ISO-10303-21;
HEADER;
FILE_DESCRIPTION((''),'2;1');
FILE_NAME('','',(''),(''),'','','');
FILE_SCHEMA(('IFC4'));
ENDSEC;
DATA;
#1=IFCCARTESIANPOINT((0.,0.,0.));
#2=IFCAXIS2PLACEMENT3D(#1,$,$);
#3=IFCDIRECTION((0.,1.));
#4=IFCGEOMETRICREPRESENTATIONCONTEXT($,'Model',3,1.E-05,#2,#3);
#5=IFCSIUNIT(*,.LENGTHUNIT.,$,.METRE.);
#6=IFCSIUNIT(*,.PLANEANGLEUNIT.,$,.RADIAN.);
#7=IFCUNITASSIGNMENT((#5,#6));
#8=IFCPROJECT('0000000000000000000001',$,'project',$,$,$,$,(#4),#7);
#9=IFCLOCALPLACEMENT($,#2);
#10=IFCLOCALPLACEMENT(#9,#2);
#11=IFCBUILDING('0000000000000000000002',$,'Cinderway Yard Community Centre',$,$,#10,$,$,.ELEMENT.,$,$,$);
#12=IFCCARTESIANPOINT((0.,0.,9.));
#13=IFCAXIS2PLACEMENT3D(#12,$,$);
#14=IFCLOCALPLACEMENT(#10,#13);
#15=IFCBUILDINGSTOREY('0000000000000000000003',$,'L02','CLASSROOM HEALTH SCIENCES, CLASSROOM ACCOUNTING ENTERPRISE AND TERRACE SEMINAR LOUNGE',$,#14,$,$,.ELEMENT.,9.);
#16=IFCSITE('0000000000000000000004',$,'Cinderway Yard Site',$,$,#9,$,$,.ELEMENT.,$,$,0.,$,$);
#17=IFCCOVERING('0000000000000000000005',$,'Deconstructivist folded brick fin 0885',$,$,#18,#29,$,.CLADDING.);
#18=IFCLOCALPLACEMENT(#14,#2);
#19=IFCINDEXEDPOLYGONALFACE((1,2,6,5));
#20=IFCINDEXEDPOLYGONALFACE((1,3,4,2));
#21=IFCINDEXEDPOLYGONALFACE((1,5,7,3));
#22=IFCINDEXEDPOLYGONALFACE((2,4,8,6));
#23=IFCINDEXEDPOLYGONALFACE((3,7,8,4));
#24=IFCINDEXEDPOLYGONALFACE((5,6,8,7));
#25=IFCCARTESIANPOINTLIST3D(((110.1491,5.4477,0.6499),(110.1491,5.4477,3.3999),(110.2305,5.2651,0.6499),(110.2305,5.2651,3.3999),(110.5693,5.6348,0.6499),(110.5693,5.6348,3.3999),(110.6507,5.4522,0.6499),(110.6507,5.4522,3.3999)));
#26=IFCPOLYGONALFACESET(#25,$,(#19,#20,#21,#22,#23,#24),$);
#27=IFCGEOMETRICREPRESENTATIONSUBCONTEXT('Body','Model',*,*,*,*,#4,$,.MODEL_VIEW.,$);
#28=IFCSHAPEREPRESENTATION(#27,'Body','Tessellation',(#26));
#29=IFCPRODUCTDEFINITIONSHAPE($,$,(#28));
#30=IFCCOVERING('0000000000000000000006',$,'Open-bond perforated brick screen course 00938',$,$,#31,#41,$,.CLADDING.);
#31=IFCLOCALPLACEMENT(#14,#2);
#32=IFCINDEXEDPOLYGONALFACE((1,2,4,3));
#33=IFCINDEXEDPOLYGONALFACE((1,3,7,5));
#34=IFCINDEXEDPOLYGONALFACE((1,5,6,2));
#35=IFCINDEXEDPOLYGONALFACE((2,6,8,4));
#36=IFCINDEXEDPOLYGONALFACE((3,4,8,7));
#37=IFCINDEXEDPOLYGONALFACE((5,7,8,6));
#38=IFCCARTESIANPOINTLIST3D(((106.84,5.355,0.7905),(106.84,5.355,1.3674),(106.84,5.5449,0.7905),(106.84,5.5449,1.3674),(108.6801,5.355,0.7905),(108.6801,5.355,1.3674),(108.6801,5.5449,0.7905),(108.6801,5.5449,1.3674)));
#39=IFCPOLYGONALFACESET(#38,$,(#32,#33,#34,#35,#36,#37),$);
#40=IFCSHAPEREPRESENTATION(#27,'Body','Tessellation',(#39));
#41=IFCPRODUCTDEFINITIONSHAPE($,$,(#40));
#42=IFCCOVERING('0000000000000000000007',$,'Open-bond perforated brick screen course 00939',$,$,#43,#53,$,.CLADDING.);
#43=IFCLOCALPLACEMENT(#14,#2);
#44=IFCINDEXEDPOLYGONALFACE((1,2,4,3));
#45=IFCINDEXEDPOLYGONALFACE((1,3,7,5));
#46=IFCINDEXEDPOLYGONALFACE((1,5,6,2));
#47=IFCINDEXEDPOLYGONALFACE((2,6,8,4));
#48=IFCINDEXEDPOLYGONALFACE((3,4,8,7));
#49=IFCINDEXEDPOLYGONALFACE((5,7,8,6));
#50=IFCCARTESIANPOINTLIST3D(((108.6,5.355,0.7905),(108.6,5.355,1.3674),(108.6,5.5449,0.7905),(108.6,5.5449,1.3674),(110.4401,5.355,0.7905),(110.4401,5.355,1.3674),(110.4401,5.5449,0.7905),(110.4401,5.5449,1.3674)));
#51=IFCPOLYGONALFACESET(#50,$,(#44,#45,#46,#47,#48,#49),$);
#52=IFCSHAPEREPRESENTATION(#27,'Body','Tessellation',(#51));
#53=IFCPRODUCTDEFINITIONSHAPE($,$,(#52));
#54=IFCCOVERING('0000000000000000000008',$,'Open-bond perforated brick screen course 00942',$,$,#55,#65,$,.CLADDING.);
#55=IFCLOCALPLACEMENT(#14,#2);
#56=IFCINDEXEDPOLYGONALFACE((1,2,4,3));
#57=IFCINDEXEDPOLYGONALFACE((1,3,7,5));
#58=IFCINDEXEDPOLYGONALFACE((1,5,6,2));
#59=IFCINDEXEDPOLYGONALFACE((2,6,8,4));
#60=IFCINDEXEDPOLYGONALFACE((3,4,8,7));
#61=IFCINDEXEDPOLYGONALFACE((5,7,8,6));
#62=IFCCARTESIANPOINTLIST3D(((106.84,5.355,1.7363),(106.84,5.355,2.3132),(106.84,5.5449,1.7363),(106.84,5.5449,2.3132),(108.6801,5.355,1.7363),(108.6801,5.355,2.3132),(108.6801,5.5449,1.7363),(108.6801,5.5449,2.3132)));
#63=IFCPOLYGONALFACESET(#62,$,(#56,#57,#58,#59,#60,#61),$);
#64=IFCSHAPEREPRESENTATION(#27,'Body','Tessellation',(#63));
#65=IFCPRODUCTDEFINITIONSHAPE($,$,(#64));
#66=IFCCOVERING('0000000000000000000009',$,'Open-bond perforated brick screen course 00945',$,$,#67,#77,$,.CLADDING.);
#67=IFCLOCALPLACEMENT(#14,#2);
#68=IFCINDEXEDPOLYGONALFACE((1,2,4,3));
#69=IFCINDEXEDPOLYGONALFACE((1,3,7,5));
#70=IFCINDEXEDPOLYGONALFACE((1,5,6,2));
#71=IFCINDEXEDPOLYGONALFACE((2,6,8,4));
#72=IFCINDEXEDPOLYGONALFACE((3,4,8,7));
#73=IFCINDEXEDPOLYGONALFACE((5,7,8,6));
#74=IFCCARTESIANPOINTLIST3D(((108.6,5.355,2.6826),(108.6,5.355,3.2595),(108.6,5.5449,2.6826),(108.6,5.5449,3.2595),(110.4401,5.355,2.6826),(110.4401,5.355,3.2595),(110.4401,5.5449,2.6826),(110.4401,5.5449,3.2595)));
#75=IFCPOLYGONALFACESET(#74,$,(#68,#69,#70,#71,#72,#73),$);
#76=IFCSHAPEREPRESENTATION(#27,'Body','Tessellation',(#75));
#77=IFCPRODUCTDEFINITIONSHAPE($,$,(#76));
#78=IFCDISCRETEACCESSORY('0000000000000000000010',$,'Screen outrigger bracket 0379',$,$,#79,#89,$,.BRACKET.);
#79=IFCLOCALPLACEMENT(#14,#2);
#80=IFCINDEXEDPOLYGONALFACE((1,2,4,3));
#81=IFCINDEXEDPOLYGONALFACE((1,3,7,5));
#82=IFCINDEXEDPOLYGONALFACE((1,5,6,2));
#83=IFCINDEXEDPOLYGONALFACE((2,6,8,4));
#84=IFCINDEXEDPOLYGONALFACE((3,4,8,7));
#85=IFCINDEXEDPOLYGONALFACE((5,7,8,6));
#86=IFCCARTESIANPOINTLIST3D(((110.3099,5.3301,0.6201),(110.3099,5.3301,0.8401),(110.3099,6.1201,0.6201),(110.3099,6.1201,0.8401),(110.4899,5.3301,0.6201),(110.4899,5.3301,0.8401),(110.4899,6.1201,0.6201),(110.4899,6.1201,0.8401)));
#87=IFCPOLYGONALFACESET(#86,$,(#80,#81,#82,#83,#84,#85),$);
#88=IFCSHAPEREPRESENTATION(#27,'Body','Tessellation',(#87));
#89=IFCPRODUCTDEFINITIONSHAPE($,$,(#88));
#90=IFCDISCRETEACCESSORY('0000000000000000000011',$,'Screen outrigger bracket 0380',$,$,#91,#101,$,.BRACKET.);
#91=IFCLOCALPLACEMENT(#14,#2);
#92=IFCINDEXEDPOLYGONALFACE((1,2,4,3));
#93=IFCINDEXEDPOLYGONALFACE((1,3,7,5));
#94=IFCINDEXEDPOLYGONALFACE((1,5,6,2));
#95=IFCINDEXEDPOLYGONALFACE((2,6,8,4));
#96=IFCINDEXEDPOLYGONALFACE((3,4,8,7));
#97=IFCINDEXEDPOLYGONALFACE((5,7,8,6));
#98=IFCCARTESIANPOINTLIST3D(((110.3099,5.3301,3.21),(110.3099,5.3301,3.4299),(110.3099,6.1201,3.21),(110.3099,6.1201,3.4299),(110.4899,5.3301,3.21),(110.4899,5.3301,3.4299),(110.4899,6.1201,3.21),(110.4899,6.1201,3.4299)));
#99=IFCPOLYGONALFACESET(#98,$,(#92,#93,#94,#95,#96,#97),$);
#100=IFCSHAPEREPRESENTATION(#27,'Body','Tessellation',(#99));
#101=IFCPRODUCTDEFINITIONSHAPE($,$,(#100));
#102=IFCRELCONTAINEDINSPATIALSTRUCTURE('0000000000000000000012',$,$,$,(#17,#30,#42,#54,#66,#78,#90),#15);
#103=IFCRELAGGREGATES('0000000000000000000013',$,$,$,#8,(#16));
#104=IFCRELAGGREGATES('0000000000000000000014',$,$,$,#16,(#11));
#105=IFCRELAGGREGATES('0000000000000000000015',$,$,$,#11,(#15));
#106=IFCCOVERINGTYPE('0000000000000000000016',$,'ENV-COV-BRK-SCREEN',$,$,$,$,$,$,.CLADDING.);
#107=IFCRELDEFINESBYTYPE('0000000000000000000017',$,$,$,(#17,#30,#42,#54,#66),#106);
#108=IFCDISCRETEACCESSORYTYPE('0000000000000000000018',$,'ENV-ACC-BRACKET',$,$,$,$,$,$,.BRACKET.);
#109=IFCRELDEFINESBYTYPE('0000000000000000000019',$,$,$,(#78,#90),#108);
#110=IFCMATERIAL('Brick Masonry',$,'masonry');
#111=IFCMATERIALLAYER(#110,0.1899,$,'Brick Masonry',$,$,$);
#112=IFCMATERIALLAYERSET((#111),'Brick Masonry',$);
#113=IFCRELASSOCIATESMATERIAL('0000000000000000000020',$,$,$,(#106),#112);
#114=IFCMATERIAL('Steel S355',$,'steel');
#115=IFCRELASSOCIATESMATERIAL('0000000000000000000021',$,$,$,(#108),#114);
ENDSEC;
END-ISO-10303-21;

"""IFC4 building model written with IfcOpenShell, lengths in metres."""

from ifc_helpers import new_model, si_unit, direction, frame, origin, origin_2d, place, context, subcontext, project, spatial, rectangle, extrude, material, layer, layer_set, type_object, element, save


model = new_model("IFC4")

# Units and contexts
model_context = context("Model", 3, precision=1e-05, world=origin(), true_north=direction((0.0, 1.0)))
body_context = subcontext(model_context, "Body", "Model", "MODEL_VIEW")
ifc_project = project(units=[si_unit("LENGTHUNIT", "METRE"), si_unit("PLANEANGLEUNIT", "RADIAN")], contexts=[model_context])

# Site, building, storey
site_placement = place(None, origin())
site = spatial("IfcSite", under=ifc_project, at=site_placement, Name="Cinderway Yard Site", CompositionType="ELEMENT", RefElevation=0.0)
building_placement = place(site_placement, origin())
building = spatial("IfcBuilding", under=site, at=building_placement, Name="Cinderway Yard Community Centre", CompositionType="ELEMENT")
storey_placement = place(building_placement, frame((0.0, 0.0, 9.0)))
storey = spatial("IfcBuildingStorey", under=building, at=storey_placement, Name="L02", Description="CLASSROOM HEALTH SCIENCES, CLASSROOM ACCOUNTING ENTERPRISE AND TERRACE SEMINAR LOUNGE", CompositionType="ELEMENT", Elevation=9.0)

# Shared definitions
ifc_material_1 = material(Name="Steel S355", Category="steel")

# Shared definitions
ifc_material_2 = material(Name="Brick Masonry", Category="masonry")

# Coverings
ifc_layer_1 = layer(ifc_material_2, 0.1899, Name="Brick Masonry")
ifc_layer_set_1 = layer_set([ifc_layer_1], Name="Brick Masonry")
covering_type = type_object("IfcCoveringType", Name="ENV-COV-BRK-SCREEN", PredefinedType="CLADDING", material=ifc_layer_set_1)
covering_placement = place(storey_placement, frame((110.3999, 5.45, 0.6499), z_axis=(0.0, 0.0, 1.0), x_axis=(-0.913545, -0.406737, 0.0)))
element("IfcCovering", 1, at=covering_placement, inside=storey, type_object=covering_type, Name="Deconstructivist folded brick fin 0885", PredefinedType="CLADDING", context=body_context, shape_type="SweptSolid", body=[
    extrude(rectangle(XDim=0.46, YDim=0.2, at=origin_2d()), origin(), (0.0, 0.0, 1.0), 2.75),
])
for number, where, z_axis, x_axis, name in (
    (2, (107.76, 5.45, 0.7905), (0.0, 0.0, 1.0), (-1.0, 0.0, 0.0), "Open-bond perforated brick screen course 00938"),
    (3, (109.52, 5.45, 0.7905), (0.0, 0.0, 1.0), (-1.0, 0.0, 0.0), "Open-bond perforated brick screen course 00939"),
    (4, (107.76, 5.45, 1.7363), (0.0, 0.0, 1.0), (-1.0, 0.0, 0.0), "Open-bond perforated brick screen course 00942"),
    (5, (109.52, 5.45, 2.6826), (0.0, 0.0, 1.0), (-1.0, 0.0, 0.0), "Open-bond perforated brick screen course 00945"),
):
    element("IfcCovering", number, at=place(storey_placement, frame(where, z_axis=z_axis, x_axis=x_axis)), inside=storey, type_object=covering_type, Name=name, PredefinedType="CLADDING", context=body_context, shape_type="SweptSolid", body=[
        extrude(rectangle(XDim=1.8401, YDim=0.1899, at=origin_2d()), origin(), (0.0, 0.0, 1.0), 0.5769),
    ])

# Discrete accessories
discrete_accessory_type = type_object("IfcDiscreteAccessoryType", Name="ENV-ACC-BRACKET", PredefinedType="BRACKET", material=ifc_material_1)
for number, where, z_axis, x_axis, name in (
    (6, (110.3999, 5.7251, 0.6201), (0.0, 0.0, 1.0), (0.0, -1.0, 0.0), "Screen outrigger bracket 0379"),
    (7, (110.3999, 5.7251, 3.21), (0.0, 0.0, 1.0), (0.0, -1.0, 0.0), "Screen outrigger bracket 0380"),
):
    element("IfcDiscreteAccessory", number, at=place(storey_placement, frame(where, z_axis=z_axis, x_axis=x_axis)), inside=storey, type_object=discrete_accessory_type, Name=name, PredefinedType="BRACKET", context=body_context, shape_type="SweptSolid", body=[
        extrude(rectangle(XDim=0.79, YDim=0.1799, at=origin_2d()), origin(), (0.0, 0.0, 1.0), 0.22),
    ])

save(model, "model.ifc")
